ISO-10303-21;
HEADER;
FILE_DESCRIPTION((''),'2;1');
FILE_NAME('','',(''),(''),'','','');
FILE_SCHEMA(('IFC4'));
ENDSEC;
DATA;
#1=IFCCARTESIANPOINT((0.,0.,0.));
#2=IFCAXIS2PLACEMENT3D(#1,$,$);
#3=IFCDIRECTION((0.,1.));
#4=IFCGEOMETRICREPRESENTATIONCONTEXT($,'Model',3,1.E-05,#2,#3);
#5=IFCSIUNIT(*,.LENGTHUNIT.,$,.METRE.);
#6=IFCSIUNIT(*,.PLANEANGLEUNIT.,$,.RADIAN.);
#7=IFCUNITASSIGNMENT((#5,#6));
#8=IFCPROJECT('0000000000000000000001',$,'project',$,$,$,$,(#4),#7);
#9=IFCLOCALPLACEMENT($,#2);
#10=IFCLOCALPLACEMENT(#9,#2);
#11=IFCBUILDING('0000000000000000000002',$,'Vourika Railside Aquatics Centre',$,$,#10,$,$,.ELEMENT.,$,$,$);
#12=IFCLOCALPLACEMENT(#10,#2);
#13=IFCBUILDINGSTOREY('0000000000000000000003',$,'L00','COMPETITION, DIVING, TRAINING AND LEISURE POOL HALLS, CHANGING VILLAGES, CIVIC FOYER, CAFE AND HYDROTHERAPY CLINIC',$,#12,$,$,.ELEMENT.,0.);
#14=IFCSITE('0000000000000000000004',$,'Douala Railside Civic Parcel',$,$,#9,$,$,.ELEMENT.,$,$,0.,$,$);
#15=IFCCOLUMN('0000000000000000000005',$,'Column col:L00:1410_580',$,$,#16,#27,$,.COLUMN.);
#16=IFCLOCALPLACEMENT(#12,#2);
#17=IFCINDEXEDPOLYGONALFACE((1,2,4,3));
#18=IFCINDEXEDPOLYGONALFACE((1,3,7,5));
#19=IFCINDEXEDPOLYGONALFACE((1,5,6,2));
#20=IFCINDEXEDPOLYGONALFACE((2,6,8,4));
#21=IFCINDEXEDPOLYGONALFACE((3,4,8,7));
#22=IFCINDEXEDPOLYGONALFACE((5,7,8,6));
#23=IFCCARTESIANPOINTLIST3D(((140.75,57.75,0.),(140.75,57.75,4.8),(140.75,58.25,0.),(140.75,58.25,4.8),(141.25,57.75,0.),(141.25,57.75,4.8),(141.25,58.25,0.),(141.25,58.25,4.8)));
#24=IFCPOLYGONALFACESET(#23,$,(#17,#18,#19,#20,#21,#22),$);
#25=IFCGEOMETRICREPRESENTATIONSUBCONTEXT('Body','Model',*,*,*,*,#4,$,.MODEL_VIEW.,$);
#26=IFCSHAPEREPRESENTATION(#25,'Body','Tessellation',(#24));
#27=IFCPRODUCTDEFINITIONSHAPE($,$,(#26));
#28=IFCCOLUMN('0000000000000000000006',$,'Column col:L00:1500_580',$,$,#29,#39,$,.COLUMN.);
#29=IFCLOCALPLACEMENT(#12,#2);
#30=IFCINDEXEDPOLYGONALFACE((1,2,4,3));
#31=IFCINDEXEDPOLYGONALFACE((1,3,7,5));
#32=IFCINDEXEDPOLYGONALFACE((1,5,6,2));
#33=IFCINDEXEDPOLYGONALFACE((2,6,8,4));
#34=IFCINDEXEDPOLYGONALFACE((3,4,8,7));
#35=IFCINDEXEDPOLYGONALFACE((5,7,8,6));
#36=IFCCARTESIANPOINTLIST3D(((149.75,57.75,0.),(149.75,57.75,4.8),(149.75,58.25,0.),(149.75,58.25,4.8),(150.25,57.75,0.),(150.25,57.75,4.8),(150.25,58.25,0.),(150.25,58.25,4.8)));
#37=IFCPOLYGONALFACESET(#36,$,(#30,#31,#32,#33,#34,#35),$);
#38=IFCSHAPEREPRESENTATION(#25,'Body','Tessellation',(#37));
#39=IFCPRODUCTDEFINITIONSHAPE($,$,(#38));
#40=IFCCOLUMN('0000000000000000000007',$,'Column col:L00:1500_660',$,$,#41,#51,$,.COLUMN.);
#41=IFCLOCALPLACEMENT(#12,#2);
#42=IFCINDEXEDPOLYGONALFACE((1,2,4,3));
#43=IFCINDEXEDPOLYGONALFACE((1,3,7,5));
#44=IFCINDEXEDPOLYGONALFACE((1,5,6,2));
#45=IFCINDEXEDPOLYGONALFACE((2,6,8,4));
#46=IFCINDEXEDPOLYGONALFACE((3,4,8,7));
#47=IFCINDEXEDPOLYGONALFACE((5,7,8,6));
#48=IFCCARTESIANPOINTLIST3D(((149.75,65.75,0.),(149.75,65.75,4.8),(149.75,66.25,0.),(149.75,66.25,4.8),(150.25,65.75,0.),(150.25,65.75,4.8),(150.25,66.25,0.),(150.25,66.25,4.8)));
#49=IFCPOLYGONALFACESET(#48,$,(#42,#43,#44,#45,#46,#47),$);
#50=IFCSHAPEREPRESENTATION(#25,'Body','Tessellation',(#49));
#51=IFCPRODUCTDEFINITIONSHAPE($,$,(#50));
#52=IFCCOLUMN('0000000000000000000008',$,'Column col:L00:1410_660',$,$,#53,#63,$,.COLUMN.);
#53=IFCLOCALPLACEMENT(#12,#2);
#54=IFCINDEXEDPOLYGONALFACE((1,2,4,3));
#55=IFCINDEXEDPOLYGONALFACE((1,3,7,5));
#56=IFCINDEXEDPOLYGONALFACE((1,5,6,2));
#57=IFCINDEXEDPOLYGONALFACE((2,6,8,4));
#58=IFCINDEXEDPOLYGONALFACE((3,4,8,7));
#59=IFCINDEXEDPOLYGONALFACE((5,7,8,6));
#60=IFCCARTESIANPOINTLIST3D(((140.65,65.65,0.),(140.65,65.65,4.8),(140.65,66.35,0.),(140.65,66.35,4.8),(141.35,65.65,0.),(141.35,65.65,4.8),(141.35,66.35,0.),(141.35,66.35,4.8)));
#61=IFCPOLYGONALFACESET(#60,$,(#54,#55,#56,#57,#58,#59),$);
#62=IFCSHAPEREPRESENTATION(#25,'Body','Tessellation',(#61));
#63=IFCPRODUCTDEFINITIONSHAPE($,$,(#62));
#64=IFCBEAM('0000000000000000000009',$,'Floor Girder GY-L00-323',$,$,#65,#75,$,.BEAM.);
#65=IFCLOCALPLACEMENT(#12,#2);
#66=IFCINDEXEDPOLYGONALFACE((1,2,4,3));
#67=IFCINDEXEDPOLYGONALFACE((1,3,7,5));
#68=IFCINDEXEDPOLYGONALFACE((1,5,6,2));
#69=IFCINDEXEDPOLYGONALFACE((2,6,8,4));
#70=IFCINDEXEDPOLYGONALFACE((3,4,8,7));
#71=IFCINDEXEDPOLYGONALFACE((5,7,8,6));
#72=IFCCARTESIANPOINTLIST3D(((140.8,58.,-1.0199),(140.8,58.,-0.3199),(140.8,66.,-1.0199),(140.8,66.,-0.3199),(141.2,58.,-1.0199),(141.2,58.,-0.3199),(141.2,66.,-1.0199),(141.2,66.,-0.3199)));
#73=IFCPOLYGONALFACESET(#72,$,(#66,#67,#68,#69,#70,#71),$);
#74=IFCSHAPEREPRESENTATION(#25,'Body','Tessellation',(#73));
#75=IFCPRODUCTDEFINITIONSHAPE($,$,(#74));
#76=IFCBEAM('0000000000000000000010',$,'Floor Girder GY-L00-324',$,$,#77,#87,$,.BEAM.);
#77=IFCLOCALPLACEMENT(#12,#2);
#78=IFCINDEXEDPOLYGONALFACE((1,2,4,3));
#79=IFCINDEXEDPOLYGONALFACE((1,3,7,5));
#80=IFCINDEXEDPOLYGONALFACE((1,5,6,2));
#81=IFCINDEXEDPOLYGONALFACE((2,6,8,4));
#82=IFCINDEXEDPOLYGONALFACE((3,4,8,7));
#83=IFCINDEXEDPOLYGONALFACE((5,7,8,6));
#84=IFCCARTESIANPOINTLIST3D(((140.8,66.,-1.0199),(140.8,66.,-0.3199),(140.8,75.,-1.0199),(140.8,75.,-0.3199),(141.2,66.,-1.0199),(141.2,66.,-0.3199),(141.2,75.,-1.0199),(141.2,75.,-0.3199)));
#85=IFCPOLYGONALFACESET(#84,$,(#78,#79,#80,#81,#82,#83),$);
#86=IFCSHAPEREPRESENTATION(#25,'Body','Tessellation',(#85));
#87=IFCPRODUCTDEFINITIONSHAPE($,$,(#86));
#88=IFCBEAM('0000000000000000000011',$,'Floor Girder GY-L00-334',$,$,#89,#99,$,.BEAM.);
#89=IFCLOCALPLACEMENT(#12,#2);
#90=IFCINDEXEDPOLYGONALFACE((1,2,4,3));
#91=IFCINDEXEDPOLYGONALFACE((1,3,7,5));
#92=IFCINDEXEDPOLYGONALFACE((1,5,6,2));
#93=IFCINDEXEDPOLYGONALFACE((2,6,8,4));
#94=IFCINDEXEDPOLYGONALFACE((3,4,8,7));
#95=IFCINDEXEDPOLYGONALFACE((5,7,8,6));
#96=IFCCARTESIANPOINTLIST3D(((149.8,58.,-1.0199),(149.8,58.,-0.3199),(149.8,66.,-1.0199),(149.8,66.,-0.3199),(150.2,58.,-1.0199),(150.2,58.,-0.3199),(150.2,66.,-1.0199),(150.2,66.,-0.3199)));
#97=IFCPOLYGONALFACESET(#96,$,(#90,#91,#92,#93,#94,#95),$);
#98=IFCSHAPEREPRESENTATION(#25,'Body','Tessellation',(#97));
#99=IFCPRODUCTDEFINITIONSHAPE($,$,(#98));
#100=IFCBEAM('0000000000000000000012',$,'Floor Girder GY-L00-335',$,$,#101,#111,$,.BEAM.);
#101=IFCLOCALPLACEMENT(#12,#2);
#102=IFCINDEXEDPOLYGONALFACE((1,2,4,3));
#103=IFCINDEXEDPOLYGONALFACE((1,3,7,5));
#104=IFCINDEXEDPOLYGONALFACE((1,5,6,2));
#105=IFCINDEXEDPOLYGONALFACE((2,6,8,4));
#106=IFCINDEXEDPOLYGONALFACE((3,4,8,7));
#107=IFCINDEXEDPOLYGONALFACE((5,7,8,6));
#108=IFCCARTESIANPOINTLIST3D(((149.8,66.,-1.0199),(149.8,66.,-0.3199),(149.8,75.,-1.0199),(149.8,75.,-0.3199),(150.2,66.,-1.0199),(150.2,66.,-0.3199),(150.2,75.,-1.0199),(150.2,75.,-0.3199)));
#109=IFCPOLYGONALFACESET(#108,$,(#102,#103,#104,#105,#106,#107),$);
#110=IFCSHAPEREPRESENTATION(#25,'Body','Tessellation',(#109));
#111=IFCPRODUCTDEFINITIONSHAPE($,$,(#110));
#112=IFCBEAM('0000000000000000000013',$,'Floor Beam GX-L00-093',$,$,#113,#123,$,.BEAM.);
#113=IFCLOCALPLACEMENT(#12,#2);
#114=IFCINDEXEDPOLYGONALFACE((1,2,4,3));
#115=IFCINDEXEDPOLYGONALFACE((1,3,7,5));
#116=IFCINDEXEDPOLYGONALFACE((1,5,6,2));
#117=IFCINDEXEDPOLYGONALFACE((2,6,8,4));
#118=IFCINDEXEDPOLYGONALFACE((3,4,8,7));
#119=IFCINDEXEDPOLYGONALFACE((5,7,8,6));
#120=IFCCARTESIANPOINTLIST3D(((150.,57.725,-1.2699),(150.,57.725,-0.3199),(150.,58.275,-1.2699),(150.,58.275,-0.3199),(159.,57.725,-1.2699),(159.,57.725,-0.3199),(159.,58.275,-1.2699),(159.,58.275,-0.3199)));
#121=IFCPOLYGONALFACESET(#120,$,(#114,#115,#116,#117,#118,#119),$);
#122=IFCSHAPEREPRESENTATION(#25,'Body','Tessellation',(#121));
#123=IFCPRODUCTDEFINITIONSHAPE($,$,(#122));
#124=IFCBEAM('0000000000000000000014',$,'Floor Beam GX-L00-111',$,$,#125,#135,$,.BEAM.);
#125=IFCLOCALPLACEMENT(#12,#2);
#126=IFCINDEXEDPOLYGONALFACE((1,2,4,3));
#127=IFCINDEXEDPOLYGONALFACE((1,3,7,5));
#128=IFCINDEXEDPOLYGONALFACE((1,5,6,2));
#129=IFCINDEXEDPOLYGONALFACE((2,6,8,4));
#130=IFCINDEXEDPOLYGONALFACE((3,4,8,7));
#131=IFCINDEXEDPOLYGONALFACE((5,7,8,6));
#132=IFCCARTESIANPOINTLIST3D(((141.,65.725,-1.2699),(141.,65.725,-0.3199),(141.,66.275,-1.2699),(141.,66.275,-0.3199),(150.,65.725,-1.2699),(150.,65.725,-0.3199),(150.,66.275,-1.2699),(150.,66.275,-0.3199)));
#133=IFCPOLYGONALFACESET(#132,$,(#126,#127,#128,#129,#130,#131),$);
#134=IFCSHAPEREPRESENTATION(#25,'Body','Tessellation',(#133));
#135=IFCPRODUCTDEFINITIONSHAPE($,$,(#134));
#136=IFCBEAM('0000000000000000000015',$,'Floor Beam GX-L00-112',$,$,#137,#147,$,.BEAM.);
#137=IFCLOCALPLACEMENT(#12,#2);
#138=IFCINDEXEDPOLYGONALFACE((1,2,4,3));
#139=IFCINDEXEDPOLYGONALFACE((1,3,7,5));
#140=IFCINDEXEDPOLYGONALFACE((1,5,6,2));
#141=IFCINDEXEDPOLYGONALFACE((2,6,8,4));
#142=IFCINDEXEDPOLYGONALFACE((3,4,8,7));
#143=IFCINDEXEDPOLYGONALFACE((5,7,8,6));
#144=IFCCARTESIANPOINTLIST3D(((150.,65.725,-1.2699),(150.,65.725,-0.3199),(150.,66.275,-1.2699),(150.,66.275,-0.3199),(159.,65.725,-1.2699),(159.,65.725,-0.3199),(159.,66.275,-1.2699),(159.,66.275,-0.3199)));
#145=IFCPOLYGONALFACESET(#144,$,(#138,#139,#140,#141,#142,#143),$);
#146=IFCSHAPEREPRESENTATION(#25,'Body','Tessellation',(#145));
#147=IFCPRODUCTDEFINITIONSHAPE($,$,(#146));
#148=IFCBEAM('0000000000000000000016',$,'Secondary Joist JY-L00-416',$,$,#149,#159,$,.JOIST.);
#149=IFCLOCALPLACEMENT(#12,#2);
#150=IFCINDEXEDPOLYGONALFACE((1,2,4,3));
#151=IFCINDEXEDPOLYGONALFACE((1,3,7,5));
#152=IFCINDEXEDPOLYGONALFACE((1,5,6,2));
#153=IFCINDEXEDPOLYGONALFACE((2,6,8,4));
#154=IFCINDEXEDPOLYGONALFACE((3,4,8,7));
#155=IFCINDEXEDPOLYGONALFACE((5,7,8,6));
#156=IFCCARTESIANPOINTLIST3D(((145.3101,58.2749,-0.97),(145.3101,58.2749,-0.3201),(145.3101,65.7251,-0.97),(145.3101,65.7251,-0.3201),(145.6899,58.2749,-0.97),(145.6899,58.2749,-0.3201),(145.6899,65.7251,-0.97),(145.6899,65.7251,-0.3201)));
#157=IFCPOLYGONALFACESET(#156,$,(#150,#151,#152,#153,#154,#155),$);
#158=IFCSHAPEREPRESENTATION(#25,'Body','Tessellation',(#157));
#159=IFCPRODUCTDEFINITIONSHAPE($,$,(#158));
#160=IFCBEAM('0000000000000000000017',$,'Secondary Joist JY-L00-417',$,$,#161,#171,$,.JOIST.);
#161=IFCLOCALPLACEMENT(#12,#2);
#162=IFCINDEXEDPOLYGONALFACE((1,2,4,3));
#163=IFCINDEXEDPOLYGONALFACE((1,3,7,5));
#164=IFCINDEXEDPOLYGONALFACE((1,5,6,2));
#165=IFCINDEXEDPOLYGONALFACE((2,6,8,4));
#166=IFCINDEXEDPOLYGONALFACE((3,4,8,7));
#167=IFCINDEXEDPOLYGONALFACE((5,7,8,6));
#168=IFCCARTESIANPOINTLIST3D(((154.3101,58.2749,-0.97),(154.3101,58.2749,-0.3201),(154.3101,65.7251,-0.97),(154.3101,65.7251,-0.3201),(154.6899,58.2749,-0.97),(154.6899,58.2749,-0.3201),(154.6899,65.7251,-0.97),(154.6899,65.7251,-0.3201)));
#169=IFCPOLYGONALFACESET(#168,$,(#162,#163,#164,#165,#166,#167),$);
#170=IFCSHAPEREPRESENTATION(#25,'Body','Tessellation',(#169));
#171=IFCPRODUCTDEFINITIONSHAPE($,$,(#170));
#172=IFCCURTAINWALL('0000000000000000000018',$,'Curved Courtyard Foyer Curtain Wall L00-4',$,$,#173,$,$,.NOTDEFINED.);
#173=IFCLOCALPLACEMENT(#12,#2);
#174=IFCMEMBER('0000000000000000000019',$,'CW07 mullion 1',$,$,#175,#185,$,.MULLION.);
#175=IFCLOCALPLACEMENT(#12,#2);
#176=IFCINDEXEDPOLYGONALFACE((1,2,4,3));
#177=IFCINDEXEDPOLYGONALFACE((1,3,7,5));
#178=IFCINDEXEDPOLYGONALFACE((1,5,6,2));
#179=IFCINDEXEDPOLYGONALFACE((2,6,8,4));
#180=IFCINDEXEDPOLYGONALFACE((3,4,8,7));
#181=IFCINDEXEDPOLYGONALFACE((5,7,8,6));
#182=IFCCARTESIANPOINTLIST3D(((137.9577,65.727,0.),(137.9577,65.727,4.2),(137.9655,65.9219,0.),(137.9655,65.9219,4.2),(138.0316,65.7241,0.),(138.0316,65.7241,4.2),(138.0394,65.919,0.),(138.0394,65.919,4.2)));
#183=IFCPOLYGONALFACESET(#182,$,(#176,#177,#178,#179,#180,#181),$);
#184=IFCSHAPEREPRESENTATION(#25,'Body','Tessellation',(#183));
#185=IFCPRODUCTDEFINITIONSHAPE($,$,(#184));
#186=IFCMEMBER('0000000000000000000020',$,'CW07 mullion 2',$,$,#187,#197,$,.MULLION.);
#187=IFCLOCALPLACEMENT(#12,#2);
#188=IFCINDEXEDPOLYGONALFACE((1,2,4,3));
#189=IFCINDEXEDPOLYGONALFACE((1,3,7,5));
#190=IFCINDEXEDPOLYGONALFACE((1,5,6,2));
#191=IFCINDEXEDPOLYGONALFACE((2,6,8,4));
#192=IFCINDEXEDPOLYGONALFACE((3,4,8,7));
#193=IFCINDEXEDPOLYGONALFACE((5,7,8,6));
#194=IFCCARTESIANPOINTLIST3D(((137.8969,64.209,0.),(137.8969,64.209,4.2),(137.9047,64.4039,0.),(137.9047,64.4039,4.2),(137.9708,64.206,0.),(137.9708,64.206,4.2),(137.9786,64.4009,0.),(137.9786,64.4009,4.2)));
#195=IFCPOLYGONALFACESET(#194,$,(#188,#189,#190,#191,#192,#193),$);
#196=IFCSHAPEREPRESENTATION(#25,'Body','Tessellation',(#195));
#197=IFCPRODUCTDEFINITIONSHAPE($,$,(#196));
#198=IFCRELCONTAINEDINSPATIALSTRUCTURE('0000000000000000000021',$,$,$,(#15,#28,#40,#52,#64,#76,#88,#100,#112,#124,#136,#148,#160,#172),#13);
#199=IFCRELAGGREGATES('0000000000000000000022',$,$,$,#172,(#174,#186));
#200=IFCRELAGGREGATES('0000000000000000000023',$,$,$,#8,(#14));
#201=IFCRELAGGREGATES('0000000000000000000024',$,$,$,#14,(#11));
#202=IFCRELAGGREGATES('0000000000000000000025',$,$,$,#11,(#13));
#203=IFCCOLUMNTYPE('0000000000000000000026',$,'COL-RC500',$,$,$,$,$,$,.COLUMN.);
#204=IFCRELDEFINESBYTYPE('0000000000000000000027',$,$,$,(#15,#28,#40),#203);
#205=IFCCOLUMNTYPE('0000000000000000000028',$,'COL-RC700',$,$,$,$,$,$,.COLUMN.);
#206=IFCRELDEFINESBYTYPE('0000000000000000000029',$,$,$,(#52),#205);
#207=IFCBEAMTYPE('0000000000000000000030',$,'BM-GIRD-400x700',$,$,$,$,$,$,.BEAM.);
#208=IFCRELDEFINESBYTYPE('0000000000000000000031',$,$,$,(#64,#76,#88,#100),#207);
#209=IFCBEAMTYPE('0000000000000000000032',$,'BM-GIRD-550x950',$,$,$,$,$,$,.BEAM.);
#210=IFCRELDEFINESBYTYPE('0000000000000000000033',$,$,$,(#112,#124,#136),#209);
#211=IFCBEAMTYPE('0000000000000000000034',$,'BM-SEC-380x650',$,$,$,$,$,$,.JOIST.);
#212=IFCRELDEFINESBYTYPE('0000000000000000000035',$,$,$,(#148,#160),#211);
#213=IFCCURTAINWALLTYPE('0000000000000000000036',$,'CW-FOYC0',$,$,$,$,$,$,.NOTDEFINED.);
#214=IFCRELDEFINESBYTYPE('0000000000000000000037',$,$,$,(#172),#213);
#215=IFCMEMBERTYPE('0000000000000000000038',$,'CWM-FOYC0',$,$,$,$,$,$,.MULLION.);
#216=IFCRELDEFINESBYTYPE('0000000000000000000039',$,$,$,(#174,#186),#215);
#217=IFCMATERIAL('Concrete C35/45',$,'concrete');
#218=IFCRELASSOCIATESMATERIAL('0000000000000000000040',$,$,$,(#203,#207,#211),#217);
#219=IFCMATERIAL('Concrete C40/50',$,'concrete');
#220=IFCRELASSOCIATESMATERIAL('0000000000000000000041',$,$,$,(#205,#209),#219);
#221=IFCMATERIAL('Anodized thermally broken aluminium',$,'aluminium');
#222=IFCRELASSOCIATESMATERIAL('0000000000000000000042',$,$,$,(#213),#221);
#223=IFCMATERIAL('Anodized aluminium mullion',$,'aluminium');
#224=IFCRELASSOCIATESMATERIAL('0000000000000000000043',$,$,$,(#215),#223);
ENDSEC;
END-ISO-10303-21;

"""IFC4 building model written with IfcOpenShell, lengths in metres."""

from ifc_helpers import new_model, si_unit, direction, frame, origin, origin_2d, place, context, subcontext, project, spatial, rectangle, extrude, material, material_profile, profile_set, type_object, element, aggregate, save


model = new_model("IFC4")

# Units and contexts
model_context = context("Model", 3, precision=1e-05, world=origin(), true_north=direction((0.0, 1.0)))
body_context = subcontext(model_context, "Body", "Model", "MODEL_VIEW")
ifc_project = project(units=[si_unit("LENGTHUNIT", "METRE"), si_unit("PLANEANGLEUNIT", "RADIAN")], contexts=[model_context])

# Site, building, storey
site_placement = place(None, origin())
site = spatial("IfcSite", under=ifc_project, at=site_placement, Name="Douala Railside Civic Parcel", CompositionType="ELEMENT", RefElevation=0.0)
building_placement = place(site_placement, origin())
building = spatial("IfcBuilding", under=site, at=building_placement, Name="Vourika Railside Aquatics Centre", CompositionType="ELEMENT")
storey_placement = place(building_placement, origin())
storey = spatial("IfcBuildingStorey", under=building, at=storey_placement, Name="L00", Description="COMPETITION, DIVING, TRAINING AND LEISURE POOL HALLS, CHANGING VILLAGES, CIVIC FOYER, CAFE AND HYDROTHERAPY CLINIC", CompositionType="ELEMENT", Elevation=0.0)

# Columns
ifc_material_1 = material(Name="Concrete C35/45", Category="concrete")
ifc_material_profile_1 = material_profile(ifc_material_1, rectangle(XDim=0.5, YDim=0.5, at=origin_2d()), Name="RC 500x500")
ifc_profile_set_1 = profile_set([ifc_material_profile_1], Name="Concrete C35/45")
column_type_1 = type_object("IfcColumnType", Name="COL-RC500", PredefinedType="COLUMN", material=ifc_profile_set_1)
for number, where, z_axis, x_axis, name in (
    (1, (141.0, 58.0, 0.0), (0.0, 0.0, 1.0), (1.0, 0.0, 0.0), "Column col:L00:1410_580"),
    (2, (150.0, 58.0, 0.0), (0.0, 0.0, 1.0), (1.0, 0.0, 0.0), "Column col:L00:1500_580"),
    (3, (150.0, 66.0, 0.0), (0.0, 0.0, 1.0), (1.0, 0.0, 0.0), "Column col:L00:1500_660"),
):
    element("IfcColumn", number, at=place(storey_placement, frame(where, z_axis=z_axis, x_axis=x_axis)), inside=storey, type_object=column_type_1, Name=name, PredefinedType="COLUMN", context=body_context, shape_type="SweptSolid", body=[
        extrude(rectangle(XDim=0.5, YDim=0.5, at=origin_2d()), origin(), (0.0, 0.0, 1.0), 4.8),
    ])
ifc_material_2 = material(Name="Concrete C40/50", Category="concrete")
ifc_material_profile_2 = material_profile(ifc_material_2, rectangle(XDim=0.7, YDim=0.7, at=origin_2d()), Name="RC 700x700")
ifc_profile_set_2 = profile_set([ifc_material_profile_2], Name="Concrete C40/50")
column_type_2 = type_object("IfcColumnType", Name="COL-RC700", PredefinedType="COLUMN", material=ifc_profile_set_2)
column_placement = place(storey_placement, frame((141.0, 66.0, 0.0), z_axis=(0.0, 0.0, 1.0), x_axis=(1.0, 0.0, 0.0)))
element("IfcColumn", 4, at=column_placement, inside=storey, type_object=column_type_2, Name="Column col:L00:1410_660", PredefinedType="COLUMN", context=body_context, shape_type="SweptSolid", body=[
    extrude(rectangle(XDim=0.7, YDim=0.7, at=origin_2d()), origin(), (0.0, 0.0, 1.0), 4.8),
])

# Beams
ifc_material_profile_3 = material_profile(ifc_material_1, rectangle(XDim=0.3999, YDim=0.7, at=origin_2d()), Name="RC 400x700")
ifc_profile_set_3 = profile_set([ifc_material_profile_3], Name="Concrete C35/45")
beam_type_1 = type_object("IfcBeamType", Name="BM-GIRD-400x700", PredefinedType="BEAM", material=ifc_profile_set_3)
beam_1_placement = place(storey_placement, frame((141.0, 58.0, -0.6699), z_axis=(0.0, 1.0, 0.0), x_axis=(-1.0, 0.0, 0.0)))
element("IfcBeam", 5, at=beam_1_placement, inside=storey, type_object=beam_type_1, Name="Floor Girder GY-L00-323", PredefinedType="BEAM", context=body_context, shape_type="SweptSolid", body=[
    extrude(rectangle(XDim=0.3999, YDim=0.7, at=origin_2d()), origin(), (0.0, 0.0, 1.0), 8.0),
])
beam_2_placement = place(storey_placement, frame((141.0, 66.0, -0.6699), z_axis=(0.0, 1.0, 0.0), x_axis=(-1.0, 0.0, 0.0)))
element("IfcBeam", 6, at=beam_2_placement, inside=storey, type_object=beam_type_1, Name="Floor Girder GY-L00-324", PredefinedType="BEAM", context=body_context, shape_type="SweptSolid", body=[
    extrude(rectangle(XDim=0.3999, YDim=0.7, at=origin_2d()), origin(), (0.0, 0.0, 1.0), 9.0),
])
beam_3_placement = place(storey_placement, frame((150.0, 58.0, -0.6699), z_axis=(0.0, 1.0, 0.0), x_axis=(-1.0, 0.0, 0.0)))
element("IfcBeam", 7, at=beam_3_placement, inside=storey, type_object=beam_type_1, Name="Floor Girder GY-L00-334", PredefinedType="BEAM", context=body_context, shape_type="SweptSolid", body=[
    extrude(rectangle(XDim=0.3999, YDim=0.7, at=origin_2d()), origin(), (0.0, 0.0, 1.0), 8.0),
])
beam_4_placement = place(storey_placement, frame((150.0, 66.0, -0.6699), z_axis=(0.0, 1.0, 0.0), x_axis=(-1.0, 0.0, 0.0)))
element("IfcBeam", 8, at=beam_4_placement, inside=storey, type_object=beam_type_1, Name="Floor Girder GY-L00-335", PredefinedType="BEAM", context=body_context, shape_type="SweptSolid", body=[
    extrude(rectangle(XDim=0.3999, YDim=0.7, at=origin_2d()), origin(), (0.0, 0.0, 1.0), 9.0),
])
ifc_material_profile_4 = material_profile(ifc_material_2, rectangle(XDim=0.55, YDim=0.95, at=origin_2d()), Name="RC 550x950")
ifc_profile_set_4 = profile_set([ifc_material_profile_4], Name="Concrete C40/50")
beam_type_2 = type_object("IfcBeamType", Name="BM-GIRD-550x950", PredefinedType="BEAM", material=ifc_profile_set_4)
for number, where, z_axis, x_axis, name in (
    (9, (150.0, 58.0, -0.7949), (1.0, 0.0, 0.0), (0.0, 1.0, 0.0), "Floor Beam GX-L00-093"),
    (10, (141.0, 66.0, -0.7949), (1.0, 0.0, 0.0), (0.0, 1.0, 0.0), "Floor Beam GX-L00-111"),
    (11, (150.0, 66.0, -0.7949), (1.0, 0.0, 0.0), (0.0, 1.0, 0.0), "Floor Beam GX-L00-112"),
):
    element("IfcBeam", number, at=place(storey_placement, frame(where, z_axis=z_axis, x_axis=x_axis)), inside=storey, type_object=beam_type_2, Name=name, PredefinedType="BEAM", context=body_context, shape_type="SweptSolid", body=[
        extrude(rectangle(XDim=0.55, YDim=0.95, at=origin_2d()), origin(), (0.0, 0.0, 1.0), 9.0),
    ])
ifc_material_profile_5 = material_profile(ifc_material_1, rectangle(XDim=0.3799, YDim=0.6499, at=origin_2d()), Name="RC 380x650")
ifc_profile_set_5 = profile_set([ifc_material_profile_5], Name="Concrete C35/45")
beam_type_3 = type_object("IfcBeamType", Name="BM-SEC-380x650", PredefinedType="JOIST", material=ifc_profile_set_5)
for number, where, z_axis, x_axis, name in (
    (12, (145.5, 58.2749, -0.645), (0.0, 1.0, 0.0), (-1.0, 0.0, 0.0), "Secondary Joist JY-L00-416"),
    (13, (154.5, 58.2749, -0.645), (0.0, 1.0, 0.0), (-1.0, 0.0, 0.0), "Secondary Joist JY-L00-417"),
):
    element("IfcBeam", number, at=place(storey_placement, frame(where, z_axis=z_axis, x_axis=x_axis)), inside=storey, type_object=beam_type_3, Name=name, PredefinedType="JOIST", context=body_context, shape_type="SweptSolid", body=[
        extrude(rectangle(XDim=0.3799, YDim=0.6499, at=origin_2d()), origin(), (0.0, 0.0, 1.0), 7.4502),
    ])

# Curtain wall, members
ifc_material_3 = material(Name="Anodized thermally broken aluminium", Category="aluminium")
curtain_wall_type = type_object("IfcCurtainWallType", Name="CW-FOYC0", PredefinedType="NOTDEFINED", material=ifc_material_3)
curtain_wall_placement = place(storey_placement, origin())
curtain_wall = element("IfcCurtainWall", 14, at=curtain_wall_placement, inside=storey, type_object=curtain_wall_type, Name="Curved Courtyard Foyer Curtain Wall L00-4", PredefinedType="NOTDEFINED")
ifc_material_4 = material(Name="Anodized aluminium mullion", Category="aluminium")
ifc_material_profile_6 = material_profile(ifc_material_4, rectangle(XDim=0.074, YDim=0.1951, at=origin_2d()), Name="ALU-M 74x195")
ifc_profile_set_6 = profile_set([ifc_material_profile_6], Name="Anodized aluminium mullion")
member_type_1 = type_object("IfcMemberType", Name="CWM-FOYC0", PredefinedType="MULLION", material=ifc_profile_set_6)
member_1_placement = place(storey_placement, frame((137.9985, 65.823, 0.0), z_axis=(0.0, 0.0, 1.0), x_axis=(0.9992, -0.04, 0.0)))
member_1 = element("IfcMember", 15, at=member_1_placement, type_object=member_type_1, Name="CW07 mullion 1", PredefinedType="MULLION", context=body_context, shape_type="SweptSolid", body=[
    extrude(rectangle(XDim=0.074, YDim=0.1951, at=origin_2d()), origin(), (0.0, 0.0, 1.0), 4.2),
])
member_2_placement = place(storey_placement, frame((137.9377, 64.3049, 0.0), z_axis=(0.0, 0.0, 1.0), x_axis=(0.9992, -0.04, 0.0)))
member_2 = element("IfcMember", 16, at=member_2_placement, type_object=member_type_1, Name="CW07 mullion 2", PredefinedType="MULLION", context=body_context, shape_type="SweptSolid", body=[
    extrude(rectangle(XDim=0.074, YDim=0.1951, at=origin_2d()), origin(), (0.0, 0.0, 1.0), 4.2),
])
aggregate(curtain_wall, [member_1, member_2])

save(model, "model.ifc")
